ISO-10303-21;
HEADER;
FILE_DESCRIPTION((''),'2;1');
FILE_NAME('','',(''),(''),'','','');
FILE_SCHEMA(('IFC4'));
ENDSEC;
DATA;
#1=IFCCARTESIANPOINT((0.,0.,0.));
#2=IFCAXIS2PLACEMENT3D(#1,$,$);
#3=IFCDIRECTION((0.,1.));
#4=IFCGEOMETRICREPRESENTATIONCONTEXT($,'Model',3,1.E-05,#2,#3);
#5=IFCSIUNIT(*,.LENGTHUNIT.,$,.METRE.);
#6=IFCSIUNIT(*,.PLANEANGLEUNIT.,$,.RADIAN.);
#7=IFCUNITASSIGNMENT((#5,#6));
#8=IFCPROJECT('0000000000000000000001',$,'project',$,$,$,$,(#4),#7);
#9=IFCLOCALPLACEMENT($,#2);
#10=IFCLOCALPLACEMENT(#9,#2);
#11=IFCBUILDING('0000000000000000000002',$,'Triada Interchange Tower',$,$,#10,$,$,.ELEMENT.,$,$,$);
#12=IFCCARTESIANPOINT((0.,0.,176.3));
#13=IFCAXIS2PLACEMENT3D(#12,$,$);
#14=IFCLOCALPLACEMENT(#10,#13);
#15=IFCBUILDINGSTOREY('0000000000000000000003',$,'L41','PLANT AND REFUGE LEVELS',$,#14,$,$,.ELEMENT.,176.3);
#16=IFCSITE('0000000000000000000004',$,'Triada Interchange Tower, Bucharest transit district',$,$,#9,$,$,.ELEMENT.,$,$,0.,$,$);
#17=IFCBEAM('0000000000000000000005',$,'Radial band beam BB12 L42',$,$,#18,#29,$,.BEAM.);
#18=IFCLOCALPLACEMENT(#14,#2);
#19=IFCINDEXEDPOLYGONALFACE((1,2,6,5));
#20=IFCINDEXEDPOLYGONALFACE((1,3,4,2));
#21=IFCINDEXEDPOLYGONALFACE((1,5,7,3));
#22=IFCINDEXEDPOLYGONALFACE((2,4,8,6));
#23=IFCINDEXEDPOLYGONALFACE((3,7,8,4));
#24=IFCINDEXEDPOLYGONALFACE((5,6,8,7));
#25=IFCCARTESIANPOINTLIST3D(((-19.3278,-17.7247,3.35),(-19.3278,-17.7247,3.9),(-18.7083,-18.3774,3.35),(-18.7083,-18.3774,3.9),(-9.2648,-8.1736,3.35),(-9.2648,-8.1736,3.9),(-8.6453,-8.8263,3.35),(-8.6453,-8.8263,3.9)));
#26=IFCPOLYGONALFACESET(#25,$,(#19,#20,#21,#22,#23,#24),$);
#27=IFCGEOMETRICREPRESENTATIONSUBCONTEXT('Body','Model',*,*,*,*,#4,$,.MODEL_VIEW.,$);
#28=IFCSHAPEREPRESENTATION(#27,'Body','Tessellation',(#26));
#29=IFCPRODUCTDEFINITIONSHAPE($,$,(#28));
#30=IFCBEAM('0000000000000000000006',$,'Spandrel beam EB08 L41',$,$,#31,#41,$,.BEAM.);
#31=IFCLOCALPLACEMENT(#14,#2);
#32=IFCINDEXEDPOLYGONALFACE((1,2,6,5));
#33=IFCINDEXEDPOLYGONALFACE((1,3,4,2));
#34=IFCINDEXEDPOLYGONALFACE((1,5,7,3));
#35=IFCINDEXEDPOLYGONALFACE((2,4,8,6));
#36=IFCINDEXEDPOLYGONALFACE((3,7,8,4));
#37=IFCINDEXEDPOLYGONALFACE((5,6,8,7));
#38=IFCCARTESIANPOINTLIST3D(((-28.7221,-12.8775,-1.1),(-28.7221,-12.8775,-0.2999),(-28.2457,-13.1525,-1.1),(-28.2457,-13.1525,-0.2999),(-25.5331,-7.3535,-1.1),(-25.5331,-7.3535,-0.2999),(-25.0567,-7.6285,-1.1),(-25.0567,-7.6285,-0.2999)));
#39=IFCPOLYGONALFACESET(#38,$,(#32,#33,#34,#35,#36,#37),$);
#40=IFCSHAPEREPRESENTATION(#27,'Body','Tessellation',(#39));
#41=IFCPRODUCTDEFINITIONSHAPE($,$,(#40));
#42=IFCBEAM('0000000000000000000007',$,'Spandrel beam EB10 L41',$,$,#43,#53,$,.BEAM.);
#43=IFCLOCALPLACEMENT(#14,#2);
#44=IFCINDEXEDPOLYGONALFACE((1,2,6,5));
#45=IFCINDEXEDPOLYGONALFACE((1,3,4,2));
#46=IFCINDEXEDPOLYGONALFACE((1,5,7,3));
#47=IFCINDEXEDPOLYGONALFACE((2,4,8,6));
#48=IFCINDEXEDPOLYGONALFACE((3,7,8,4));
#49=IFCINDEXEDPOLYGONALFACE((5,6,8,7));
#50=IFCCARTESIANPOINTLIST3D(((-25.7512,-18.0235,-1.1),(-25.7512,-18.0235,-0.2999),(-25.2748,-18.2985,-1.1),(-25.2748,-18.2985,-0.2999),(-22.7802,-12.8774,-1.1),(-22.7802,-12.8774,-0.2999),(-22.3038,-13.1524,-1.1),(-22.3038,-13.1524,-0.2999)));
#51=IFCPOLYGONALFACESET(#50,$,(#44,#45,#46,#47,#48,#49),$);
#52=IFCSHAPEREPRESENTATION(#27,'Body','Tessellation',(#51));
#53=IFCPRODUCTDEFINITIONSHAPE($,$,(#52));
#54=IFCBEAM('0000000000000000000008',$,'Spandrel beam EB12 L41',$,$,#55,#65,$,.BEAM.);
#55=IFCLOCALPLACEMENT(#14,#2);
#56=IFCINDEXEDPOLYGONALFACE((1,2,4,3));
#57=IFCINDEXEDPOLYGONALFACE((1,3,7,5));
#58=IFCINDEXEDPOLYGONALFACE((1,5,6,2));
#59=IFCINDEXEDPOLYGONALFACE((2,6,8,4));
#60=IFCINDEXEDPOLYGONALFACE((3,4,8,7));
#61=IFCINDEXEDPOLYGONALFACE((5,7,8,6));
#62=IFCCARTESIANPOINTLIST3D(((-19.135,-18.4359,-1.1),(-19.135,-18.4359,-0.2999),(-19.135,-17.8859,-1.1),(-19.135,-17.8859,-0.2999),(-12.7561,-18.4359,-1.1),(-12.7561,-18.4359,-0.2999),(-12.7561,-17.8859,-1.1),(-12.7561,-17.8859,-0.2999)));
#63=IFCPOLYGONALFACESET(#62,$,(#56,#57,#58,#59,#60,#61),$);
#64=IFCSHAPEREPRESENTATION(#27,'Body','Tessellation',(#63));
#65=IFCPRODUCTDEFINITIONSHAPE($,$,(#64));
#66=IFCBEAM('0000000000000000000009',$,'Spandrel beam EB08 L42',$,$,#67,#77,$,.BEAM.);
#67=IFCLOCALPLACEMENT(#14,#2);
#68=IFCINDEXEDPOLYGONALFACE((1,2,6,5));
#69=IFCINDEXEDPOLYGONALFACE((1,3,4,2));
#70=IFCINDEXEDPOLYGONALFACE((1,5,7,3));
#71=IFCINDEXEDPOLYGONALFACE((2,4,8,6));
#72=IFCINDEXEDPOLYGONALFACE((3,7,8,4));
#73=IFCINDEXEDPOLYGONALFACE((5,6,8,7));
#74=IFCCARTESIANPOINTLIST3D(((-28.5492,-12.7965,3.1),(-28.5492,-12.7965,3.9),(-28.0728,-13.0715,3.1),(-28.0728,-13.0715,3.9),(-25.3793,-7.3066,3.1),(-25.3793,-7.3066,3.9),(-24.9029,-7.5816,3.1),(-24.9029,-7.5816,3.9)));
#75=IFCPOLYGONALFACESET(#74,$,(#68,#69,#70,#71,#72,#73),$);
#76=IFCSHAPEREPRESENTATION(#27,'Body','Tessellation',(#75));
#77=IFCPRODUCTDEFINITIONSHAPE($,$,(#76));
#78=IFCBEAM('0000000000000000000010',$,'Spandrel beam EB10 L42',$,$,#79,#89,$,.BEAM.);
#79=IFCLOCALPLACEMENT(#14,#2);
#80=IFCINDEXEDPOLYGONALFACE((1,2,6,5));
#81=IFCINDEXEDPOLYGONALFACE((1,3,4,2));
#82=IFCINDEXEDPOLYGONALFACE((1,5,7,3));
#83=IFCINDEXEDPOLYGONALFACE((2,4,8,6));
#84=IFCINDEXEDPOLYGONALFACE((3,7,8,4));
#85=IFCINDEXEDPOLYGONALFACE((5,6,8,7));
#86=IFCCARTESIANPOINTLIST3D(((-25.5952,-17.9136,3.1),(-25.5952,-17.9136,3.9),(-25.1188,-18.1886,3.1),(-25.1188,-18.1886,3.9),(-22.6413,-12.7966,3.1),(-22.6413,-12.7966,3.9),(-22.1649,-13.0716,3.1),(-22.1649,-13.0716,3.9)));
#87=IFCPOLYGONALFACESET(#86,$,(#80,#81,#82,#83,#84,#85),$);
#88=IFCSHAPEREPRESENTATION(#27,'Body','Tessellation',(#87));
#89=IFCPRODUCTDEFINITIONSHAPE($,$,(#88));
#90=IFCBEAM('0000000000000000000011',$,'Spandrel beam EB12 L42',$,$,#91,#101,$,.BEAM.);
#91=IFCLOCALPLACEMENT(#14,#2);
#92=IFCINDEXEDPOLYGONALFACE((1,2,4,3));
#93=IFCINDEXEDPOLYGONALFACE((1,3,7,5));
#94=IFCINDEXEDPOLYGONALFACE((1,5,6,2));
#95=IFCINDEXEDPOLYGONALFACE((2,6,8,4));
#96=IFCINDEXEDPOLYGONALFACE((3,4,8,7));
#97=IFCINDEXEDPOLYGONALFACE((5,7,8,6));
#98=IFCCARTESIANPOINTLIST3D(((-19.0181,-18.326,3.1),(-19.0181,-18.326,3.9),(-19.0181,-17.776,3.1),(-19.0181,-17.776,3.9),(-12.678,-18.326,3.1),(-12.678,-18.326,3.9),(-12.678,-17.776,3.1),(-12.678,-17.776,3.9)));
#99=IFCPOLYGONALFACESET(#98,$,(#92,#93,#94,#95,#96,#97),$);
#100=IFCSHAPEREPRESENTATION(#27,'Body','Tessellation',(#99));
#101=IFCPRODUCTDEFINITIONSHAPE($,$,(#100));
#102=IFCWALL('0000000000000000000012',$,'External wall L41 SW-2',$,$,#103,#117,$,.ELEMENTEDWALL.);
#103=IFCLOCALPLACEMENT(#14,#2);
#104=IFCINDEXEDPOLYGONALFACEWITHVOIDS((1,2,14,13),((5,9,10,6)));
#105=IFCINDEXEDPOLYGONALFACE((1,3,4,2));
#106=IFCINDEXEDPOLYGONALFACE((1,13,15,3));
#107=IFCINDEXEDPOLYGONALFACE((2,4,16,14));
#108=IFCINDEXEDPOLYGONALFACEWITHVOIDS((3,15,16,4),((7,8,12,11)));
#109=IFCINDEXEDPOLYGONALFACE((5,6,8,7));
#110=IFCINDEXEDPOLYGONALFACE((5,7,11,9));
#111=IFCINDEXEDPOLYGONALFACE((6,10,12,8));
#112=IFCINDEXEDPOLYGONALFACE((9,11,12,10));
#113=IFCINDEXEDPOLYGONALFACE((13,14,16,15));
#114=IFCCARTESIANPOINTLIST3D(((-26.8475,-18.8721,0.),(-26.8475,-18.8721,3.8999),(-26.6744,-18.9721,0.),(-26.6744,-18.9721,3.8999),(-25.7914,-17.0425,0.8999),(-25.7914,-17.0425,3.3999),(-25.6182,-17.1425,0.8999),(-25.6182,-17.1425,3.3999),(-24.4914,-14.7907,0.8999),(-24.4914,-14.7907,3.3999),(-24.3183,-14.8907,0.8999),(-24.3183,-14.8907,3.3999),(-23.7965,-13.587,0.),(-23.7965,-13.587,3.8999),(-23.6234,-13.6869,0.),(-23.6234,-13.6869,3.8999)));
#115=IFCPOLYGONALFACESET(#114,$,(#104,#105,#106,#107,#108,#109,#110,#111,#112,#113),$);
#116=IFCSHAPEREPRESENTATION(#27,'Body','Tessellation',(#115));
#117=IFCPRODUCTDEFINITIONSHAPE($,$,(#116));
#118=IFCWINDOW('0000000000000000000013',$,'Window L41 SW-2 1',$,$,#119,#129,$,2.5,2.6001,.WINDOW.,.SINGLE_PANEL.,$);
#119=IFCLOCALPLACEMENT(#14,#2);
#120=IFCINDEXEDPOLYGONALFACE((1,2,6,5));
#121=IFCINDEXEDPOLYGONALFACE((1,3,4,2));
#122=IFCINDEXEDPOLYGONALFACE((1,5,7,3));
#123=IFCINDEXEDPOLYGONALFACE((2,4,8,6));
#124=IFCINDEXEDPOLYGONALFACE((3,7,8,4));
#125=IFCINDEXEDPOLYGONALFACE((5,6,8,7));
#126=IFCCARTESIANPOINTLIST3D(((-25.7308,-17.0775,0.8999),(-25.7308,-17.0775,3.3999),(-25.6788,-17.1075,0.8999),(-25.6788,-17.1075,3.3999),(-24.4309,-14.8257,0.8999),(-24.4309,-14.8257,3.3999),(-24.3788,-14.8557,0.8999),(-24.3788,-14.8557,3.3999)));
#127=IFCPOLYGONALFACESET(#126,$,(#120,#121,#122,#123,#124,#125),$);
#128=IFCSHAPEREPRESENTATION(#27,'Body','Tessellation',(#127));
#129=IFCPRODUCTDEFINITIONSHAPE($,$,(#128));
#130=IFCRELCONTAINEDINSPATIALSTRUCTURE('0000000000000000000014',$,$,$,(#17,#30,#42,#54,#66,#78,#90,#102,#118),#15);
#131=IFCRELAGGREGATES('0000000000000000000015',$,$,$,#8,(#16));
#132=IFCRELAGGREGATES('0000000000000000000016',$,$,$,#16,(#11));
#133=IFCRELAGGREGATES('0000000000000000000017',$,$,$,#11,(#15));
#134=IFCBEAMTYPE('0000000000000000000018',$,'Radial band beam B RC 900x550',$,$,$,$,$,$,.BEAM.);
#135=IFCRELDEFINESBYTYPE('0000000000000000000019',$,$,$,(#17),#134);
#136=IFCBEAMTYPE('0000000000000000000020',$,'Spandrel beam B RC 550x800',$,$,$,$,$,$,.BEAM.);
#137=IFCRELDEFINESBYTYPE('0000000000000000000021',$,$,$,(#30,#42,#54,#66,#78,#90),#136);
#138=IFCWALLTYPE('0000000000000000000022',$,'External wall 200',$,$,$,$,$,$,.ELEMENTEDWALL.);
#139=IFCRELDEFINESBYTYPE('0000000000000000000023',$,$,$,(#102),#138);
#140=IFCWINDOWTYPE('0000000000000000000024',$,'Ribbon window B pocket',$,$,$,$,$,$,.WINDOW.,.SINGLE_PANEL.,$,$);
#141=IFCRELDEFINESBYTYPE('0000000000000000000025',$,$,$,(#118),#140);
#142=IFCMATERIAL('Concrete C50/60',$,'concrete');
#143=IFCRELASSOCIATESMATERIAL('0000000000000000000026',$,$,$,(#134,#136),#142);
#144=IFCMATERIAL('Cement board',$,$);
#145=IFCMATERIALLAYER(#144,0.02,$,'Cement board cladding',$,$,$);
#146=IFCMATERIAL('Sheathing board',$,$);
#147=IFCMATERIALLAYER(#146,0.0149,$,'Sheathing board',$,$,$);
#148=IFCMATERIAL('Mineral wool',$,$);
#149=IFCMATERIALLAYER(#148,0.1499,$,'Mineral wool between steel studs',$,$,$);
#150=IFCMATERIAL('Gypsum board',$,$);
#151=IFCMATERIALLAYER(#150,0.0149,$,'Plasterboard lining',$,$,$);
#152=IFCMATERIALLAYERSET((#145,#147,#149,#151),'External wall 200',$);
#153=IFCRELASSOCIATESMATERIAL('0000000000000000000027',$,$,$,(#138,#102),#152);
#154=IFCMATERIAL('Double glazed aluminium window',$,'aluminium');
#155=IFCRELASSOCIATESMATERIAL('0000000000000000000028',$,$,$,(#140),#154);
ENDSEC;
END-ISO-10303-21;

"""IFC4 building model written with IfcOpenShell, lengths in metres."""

from ifc_helpers import new_model, si_unit, direction, frame, frame_2d, origin, origin_2d, place, context, subcontext, project, spatial, rectangle, extrude, material, layer, layer_set, layer_usage, material_profile, profile_set, type_object, element, fill, save


model = new_model("IFC4")

# Units and contexts
model_context = context("Model", 3, precision=1e-05, world=origin(), true_north=direction((0.0, 1.0)))
body_context = subcontext(model_context, "Body", "Model", "MODEL_VIEW")
ifc_project = project(units=[si_unit("LENGTHUNIT", "METRE"), si_unit("PLANEANGLEUNIT", "RADIAN")], contexts=[model_context])

# Site, building, storey
site_placement = place(None, origin())
site = spatial("IfcSite", under=ifc_project, at=site_placement, Name="Triada Interchange Tower, Bucharest transit district", CompositionType="ELEMENT", RefElevation=0.0)
building_placement = place(site_placement, origin())
building = spatial("IfcBuilding", under=site, at=building_placement, Name="Triada Interchange Tower", CompositionType="ELEMENT")
storey_placement = place(building_placement, frame((0.0, 0.0, 176.3)))
storey = spatial("IfcBuildingStorey", under=building, at=storey_placement, Name="L41", Description="PLANT AND REFUGE LEVELS", CompositionType="ELEMENT", Elevation=176.3)

# Beams
ifc_material_1 = material(Name="Concrete C50/60", Category="concrete")
ifc_material_profile_1 = material_profile(ifc_material_1, rectangle(XDim=0.8999, YDim=0.55, at=origin_2d()), Name="RC 900x550")
ifc_profile_set_1 = profile_set([ifc_material_profile_1], Name="Concrete C50/60")
beam_type_1 = type_object("IfcBeamType", Name="Radial band beam B RC 900x550", PredefinedType="BEAM", material=ifc_profile_set_1)
beam_1_placement = place(storey_placement, frame((-19.0181, -18.051, 3.625), z_axis=(0.725317, 0.688415, 0.0), x_axis=(-0.688415, 0.725317, 0.0)))
element("IfcBeam", 1, at=beam_1_placement, inside=storey, type_object=beam_type_1, Name="Radial band beam BB12 L42", PredefinedType="BEAM", context=body_context, shape_type="SweptSolid", body=[
    extrude(rectangle(XDim=0.8999, YDim=0.55, at=origin_2d()), origin(), (0.0, 0.0, 1.0), 13.874),
])
ifc_material_profile_2 = material_profile(ifc_material_1, rectangle(XDim=0.55, YDim=0.8, at=origin_2d()), Name="RC 550x800")
ifc_profile_set_2 = profile_set([ifc_material_profile_2], Name="Concrete C50/60")
beam_type_2 = type_object("IfcBeamType", Name="Spandrel beam B RC 550x800", PredefinedType="BEAM", material=ifc_profile_set_2)
beam_2_placement = place(storey_placement, frame((-25.2949, -7.491, -0.7), z_axis=(-0.499968, -0.866044, 0.0), x_axis=(0.866044, -0.499968, 0.0)))
element("IfcBeam", 2, at=beam_2_placement, inside=storey, type_object=beam_type_2, Name="Spandrel beam EB08 L41", PredefinedType="BEAM", context=body_context, shape_type="SweptSolid", body=[
    extrude(rectangle(XDim=0.55, YDim=0.8, at=origin_2d()), origin(), (0.0, 0.0, 1.0), 6.3784),
])
beam_3_placement = place(storey_placement, frame((-22.542, -13.0149, -0.7), z_axis=(-0.499988, -0.866032, 0.0), x_axis=(0.866032, -0.499988, 0.0)))
element("IfcBeam", 3, at=beam_3_placement, inside=storey, type_object=beam_type_2, Name="Spandrel beam EB10 L41", PredefinedType="BEAM", context=body_context, shape_type="SweptSolid", body=[
    extrude(rectangle(XDim=0.55, YDim=0.8, at=origin_2d()), origin(), (0.0, 0.0, 1.0), 5.9421),
])
beam_4_placement = place(storey_placement, frame((-19.135, -18.1609, -0.7), z_axis=(1.0, 0.0, 0.0), x_axis=(0.0, 1.0, 0.0)))
element("IfcBeam", 4, at=beam_4_placement, inside=storey, type_object=beam_type_2, Name="Spandrel beam EB12 L41", PredefinedType="BEAM", context=body_context, shape_type="SweptSolid", body=[
    extrude(rectangle(XDim=0.55, YDim=0.8, at=origin_2d()), origin(), (0.0, 0.0, 1.0), 6.3789),
])
beam_5_placement = place(storey_placement, frame((-25.1411, -7.4441, 3.5), z_axis=(-0.500032, -0.866007, 0.0), x_axis=(0.866007, -0.500032, 0.0)))
element("IfcBeam", 5, at=beam_5_placement, inside=storey, type_object=beam_type_2, Name="Spandrel beam EB08 L42", PredefinedType="BEAM", context=body_context, shape_type="SweptSolid", body=[
    extrude(rectangle(XDim=0.55, YDim=0.8, at=origin_2d()), origin(), (0.0, 0.0, 1.0), 6.3394),
])
beam_6_placement = place(storey_placement, frame((-22.4031, -12.9341, 3.5), z_axis=(-0.499948, -0.866056, 0.0), x_axis=(0.866056, -0.499948, 0.0)))
element("IfcBeam", 6, at=beam_6_placement, inside=storey, type_object=beam_type_2, Name="Spandrel beam EB10 L42", PredefinedType="BEAM", context=body_context, shape_type="SweptSolid", body=[
    extrude(rectangle(XDim=0.55, YDim=0.8, at=origin_2d()), origin(), (0.0, 0.0, 1.0), 5.9084),
])
beam_7_placement = place(storey_placement, frame((-19.0181, -18.051, 3.5), z_axis=(1.0, 0.0, 0.0), x_axis=(0.0, 1.0, 0.0)))
element("IfcBeam", 7, at=beam_7_placement, inside=storey, type_object=beam_type_2, Name="Spandrel beam EB12 L42", PredefinedType="BEAM", context=body_context, shape_type="SweptSolid", body=[
    extrude(rectangle(XDim=0.55, YDim=0.8, at=origin_2d()), origin(), (0.0, 0.0, 1.0), 6.3401),
])

# Wall, opening, window
ifc_material_2 = material(Name="Cement board")
ifc_layer_1 = layer(ifc_material_2, 0.02, Name="Cement board cladding")
ifc_material_3 = material(Name="Sheathing board")
ifc_layer_2 = layer(ifc_material_3, 0.0149, Name="Sheathing board")
ifc_material_4 = material(Name="Mineral wool")
ifc_layer_3 = layer(ifc_material_4, 0.1499, Name="Mineral wool between steel studs")
ifc_material_5 = material(Name="Gypsum board")
ifc_layer_4 = layer(ifc_material_5, 0.0149, Name="Plasterboard lining")
ifc_layer_set_1 = layer_set([ifc_layer_1, ifc_layer_2, ifc_layer_3, ifc_layer_4], Name="External wall 200")
ifc_layer_usage = layer_usage(ifc_layer_set_1, "AXIS2", "POSITIVE", -0.1001)
wall_type_1 = type_object("IfcWallType", Name="External wall 200", PredefinedType="ELEMENTEDWALL", material=ifc_layer_set_1)
wall_1_placement = place(storey_placement, frame((-23.71, -13.637, 0.0), z_axis=(0.0, 0.0, 1.0), x_axis=(-0.499956, -0.866051, 0.0)))
wall_1 = element("IfcWall", 8, at=wall_1_placement, inside=storey, type_object=wall_type_1, material=ifc_layer_usage, Name="External wall L41 SW-2", PredefinedType="ELEMENTEDWALL", context=body_context, shape_type="SweptSolid", body=[
    extrude(rectangle(XDim=6.1025, YDim=0.2, at=frame_2d((3.0513, 0.0))), origin(), (0.0, 0.0, 1.0), 3.8999),
])
opening_1_placement = place(wall_1_placement, frame((1.3899, 0.0, 0.8999)))
opening_1 = element("IfcOpeningElement", 9, at=opening_1_placement, cuts=wall_1, PredefinedType="OPENING", context=body_context, shape_type="SweptSolid", body=[
    extrude(rectangle(XDim=2.6001, YDim=2.5, at=frame_2d((1.3, 1.25))), frame((0.0, 0.1099, 0.0), z_axis=(0.0, -1.0, 0.0), x_axis=(1.0, 0.0, 0.0)), (0.0, 0.0, 1.0), 0.22),
])
ifc_material_6 = material(Name="Double glazed aluminium window", Category="aluminium")
window_type = type_object("IfcWindowType", Name="Ribbon window B pocket", PartitioningType="SINGLE_PANEL", PredefinedType="WINDOW", material=ifc_material_6)
window_placement = place(opening_1_placement, origin())
window = element("IfcWindow", 10, at=window_placement, inside=storey, type_object=window_type, Name="Window L41 SW-2 1", OverallHeight=2.5, OverallWidth=2.6001, PartitioningType="SINGLE_PANEL", PredefinedType="WINDOW", context=body_context, shape_type="SweptSolid", body=[
    extrude(rectangle(XDim=2.6001, YDim=2.5, at=frame_2d((1.3, 1.25))), frame((0.0, 0.03, 0.0), z_axis=(0.0, -1.0, 0.0), x_axis=(1.0, 0.0, 0.0)), (0.0, 0.0, 1.0), 0.0601),
])
fill(opening_1, window)

save(model, "model.ifc")
